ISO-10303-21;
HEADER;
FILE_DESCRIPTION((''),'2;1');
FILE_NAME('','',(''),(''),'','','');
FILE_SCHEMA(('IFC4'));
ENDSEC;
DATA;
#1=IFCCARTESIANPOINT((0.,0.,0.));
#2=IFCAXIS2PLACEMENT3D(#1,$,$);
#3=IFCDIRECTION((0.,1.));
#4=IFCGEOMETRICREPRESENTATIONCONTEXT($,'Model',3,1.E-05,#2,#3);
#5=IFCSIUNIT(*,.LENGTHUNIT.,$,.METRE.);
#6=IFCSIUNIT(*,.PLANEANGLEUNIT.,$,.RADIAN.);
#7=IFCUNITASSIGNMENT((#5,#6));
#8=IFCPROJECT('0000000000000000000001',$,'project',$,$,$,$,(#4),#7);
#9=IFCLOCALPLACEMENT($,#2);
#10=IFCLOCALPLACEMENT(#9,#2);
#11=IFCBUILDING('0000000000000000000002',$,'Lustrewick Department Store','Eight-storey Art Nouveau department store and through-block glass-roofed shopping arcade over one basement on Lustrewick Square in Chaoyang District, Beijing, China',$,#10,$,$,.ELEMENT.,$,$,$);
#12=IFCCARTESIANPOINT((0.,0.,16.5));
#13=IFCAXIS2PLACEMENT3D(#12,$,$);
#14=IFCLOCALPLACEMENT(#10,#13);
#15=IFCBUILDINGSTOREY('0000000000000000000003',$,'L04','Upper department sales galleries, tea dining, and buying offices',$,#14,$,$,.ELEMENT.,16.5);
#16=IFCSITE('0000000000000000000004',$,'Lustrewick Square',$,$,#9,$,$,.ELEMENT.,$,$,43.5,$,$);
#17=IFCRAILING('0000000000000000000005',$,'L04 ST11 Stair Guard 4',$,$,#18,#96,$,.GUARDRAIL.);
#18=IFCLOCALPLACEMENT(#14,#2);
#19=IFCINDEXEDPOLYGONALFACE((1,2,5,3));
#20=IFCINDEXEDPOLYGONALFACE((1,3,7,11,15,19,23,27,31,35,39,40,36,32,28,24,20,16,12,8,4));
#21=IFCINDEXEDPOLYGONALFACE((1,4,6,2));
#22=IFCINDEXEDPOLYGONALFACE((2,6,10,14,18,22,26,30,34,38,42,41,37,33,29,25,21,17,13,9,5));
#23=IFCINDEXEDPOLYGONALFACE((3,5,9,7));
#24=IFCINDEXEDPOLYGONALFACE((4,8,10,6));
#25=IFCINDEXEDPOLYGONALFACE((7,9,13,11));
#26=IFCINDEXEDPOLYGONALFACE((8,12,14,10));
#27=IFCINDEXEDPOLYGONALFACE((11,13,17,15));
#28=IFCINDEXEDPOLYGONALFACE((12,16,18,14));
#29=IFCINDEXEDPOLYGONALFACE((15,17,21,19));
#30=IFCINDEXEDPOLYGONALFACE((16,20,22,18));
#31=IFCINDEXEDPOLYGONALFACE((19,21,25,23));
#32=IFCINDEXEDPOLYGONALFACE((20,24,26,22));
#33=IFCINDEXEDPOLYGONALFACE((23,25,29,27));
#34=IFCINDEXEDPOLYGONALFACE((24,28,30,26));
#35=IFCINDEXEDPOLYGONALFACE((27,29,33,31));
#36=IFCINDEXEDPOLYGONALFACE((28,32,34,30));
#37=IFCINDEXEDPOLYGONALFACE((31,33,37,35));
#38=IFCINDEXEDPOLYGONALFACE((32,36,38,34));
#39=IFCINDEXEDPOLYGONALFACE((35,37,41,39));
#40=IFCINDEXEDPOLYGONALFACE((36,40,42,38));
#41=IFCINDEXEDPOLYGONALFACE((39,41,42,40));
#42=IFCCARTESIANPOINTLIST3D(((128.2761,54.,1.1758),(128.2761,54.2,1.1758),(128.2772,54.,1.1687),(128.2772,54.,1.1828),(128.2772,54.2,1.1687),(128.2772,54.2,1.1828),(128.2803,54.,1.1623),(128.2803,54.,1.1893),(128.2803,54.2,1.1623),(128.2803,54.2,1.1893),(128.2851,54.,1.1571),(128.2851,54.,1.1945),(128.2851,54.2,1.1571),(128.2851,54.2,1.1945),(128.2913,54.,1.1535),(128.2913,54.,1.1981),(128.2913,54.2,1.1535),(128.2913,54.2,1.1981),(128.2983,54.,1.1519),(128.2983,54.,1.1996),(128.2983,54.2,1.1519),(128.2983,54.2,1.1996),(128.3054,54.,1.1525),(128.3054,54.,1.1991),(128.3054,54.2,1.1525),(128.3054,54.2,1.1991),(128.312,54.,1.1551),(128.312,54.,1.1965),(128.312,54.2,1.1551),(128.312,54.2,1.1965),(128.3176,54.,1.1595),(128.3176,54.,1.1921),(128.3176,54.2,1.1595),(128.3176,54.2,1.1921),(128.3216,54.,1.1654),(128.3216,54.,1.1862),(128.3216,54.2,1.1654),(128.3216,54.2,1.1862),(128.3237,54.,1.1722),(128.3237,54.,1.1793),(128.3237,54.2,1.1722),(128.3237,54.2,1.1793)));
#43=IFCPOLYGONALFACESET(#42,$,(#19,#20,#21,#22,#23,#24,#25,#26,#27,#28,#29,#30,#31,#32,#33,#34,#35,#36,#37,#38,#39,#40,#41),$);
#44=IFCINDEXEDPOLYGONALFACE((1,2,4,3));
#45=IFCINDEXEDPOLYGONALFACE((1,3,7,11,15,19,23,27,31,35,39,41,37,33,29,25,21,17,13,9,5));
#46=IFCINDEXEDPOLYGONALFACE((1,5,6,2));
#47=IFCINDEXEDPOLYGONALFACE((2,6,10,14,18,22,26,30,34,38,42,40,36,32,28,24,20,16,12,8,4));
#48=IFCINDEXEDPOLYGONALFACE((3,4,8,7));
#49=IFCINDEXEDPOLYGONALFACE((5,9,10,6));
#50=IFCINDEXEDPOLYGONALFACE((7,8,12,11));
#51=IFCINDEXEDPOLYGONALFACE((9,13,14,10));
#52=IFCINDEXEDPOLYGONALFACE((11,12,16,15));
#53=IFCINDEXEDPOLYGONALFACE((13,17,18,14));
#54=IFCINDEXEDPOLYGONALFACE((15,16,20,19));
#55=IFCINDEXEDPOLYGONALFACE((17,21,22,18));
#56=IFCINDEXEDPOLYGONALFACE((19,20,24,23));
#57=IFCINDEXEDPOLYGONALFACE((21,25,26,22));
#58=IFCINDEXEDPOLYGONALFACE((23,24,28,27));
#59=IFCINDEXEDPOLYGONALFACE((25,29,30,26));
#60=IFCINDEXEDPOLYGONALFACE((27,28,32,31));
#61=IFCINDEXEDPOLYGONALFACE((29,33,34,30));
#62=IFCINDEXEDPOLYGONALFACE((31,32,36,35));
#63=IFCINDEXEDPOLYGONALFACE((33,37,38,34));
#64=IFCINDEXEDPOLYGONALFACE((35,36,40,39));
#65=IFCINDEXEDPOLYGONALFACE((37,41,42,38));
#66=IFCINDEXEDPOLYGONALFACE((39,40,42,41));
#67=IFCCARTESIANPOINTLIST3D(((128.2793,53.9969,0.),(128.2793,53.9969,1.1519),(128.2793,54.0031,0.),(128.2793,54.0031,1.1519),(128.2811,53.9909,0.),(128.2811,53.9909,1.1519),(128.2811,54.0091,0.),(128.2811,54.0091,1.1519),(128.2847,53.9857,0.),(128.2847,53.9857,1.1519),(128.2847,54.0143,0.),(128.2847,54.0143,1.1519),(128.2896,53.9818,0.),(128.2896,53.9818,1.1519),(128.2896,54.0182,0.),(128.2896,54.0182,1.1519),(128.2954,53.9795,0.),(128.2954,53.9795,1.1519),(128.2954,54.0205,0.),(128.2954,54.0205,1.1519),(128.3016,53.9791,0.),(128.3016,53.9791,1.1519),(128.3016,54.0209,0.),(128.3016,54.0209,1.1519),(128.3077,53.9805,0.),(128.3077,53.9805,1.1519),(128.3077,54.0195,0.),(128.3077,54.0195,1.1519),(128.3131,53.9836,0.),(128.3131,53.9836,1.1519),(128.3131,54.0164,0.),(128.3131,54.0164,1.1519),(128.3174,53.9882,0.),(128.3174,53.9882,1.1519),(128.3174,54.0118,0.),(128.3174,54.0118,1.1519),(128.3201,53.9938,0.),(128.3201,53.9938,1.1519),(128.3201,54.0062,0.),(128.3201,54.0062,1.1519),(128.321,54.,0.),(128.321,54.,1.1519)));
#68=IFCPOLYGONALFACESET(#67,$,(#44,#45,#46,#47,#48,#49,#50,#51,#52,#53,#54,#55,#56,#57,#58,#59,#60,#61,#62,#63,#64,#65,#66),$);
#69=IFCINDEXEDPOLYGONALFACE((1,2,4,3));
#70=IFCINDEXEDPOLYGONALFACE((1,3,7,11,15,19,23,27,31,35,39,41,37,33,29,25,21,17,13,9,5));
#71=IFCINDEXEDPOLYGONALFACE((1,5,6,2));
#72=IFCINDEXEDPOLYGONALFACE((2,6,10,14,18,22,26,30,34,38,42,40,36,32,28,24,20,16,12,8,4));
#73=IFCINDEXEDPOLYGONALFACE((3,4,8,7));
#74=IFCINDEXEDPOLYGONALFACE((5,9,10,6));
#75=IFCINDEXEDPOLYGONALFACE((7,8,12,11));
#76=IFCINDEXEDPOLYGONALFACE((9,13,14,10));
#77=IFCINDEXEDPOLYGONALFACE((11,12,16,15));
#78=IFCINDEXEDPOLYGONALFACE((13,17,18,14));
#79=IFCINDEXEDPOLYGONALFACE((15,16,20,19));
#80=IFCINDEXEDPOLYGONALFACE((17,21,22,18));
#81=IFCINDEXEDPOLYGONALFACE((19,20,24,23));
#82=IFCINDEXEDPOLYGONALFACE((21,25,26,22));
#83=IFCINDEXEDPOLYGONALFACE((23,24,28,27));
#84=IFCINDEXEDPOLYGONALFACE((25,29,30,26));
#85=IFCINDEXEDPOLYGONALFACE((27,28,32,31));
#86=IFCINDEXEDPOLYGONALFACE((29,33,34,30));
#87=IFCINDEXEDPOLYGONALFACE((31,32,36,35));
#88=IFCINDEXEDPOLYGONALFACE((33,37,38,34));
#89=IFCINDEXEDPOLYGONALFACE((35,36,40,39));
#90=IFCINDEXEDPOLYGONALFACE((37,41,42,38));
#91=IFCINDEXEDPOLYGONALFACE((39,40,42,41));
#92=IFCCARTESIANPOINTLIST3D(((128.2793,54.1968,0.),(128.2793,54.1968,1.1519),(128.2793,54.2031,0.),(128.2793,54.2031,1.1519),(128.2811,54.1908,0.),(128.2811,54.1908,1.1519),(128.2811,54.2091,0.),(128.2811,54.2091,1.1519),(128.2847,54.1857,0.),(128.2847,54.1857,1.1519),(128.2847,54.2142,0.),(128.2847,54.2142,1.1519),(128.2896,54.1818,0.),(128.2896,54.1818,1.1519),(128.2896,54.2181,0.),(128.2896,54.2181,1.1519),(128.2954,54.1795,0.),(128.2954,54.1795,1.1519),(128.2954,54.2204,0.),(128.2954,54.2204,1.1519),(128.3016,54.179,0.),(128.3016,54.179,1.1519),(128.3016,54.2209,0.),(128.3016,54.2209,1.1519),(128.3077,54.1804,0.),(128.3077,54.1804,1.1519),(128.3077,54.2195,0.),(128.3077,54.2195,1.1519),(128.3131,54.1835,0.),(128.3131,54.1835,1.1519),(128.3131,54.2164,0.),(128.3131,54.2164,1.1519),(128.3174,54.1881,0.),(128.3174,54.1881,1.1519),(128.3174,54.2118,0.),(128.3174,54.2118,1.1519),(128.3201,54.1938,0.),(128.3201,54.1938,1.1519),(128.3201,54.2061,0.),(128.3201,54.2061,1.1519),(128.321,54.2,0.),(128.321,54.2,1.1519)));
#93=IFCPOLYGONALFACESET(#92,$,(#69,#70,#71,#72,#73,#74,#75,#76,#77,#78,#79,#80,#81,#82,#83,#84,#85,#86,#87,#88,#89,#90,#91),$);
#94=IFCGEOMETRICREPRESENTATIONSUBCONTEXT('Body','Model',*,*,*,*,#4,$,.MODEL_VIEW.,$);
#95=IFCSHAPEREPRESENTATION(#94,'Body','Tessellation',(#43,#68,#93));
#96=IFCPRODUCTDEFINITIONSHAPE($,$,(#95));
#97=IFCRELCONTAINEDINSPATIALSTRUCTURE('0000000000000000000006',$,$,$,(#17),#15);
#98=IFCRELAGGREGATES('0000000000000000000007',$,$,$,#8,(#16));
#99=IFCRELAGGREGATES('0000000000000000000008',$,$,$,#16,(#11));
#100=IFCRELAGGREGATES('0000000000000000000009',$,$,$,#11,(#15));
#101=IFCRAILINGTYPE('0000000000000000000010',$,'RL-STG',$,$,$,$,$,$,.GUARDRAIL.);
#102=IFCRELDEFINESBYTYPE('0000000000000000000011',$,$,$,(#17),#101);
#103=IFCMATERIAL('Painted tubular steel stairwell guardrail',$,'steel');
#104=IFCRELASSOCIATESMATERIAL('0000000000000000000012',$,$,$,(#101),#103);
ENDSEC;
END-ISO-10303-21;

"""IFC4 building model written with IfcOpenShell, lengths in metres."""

from ifc_helpers import new_model, si_unit, direction, frame, origin, origin_2d, place, context, subcontext, project, spatial, circle, extrude, material, type_object, element, save


model = new_model("IFC4")

# Units and contexts
model_context = context("Model", 3, precision=1e-05, world=origin(), true_north=direction((0.0, 1.0)))
body_context = subcontext(model_context, "Body", "Model", "MODEL_VIEW")
ifc_project = project(units=[si_unit("LENGTHUNIT", "METRE"), si_unit("PLANEANGLEUNIT", "RADIAN")], contexts=[model_context])

# Site, building, storey
site_placement = place(None, origin())
site = spatial("IfcSite", under=ifc_project, at=site_placement, Name="Lustrewick Square", CompositionType="ELEMENT", RefElevation=43.5)
building_placement = place(site_placement, origin())
building = spatial("IfcBuilding", under=site, at=building_placement, Name="Lustrewick Department Store", Description="Eight-storey Art Nouveau department store and through-block glass-roofed shopping arcade over one basement on Lustrewick Square in Chaoyang District, Beijing, China", CompositionType="ELEMENT")
storey_placement = place(building_placement, frame((0.0, 0.0, 16.5)))
storey = spatial("IfcBuildingStorey", under=building, at=storey_placement, Name="L04", Description="Upper department sales galleries, tea dining, and buying offices", CompositionType="ELEMENT", Elevation=16.5)

# Railing
ifc_material_1 = material(Name="Painted tubular steel stairwell guardrail", Category="steel")
railing_type_1 = type_object("IfcRailingType", Name="RL-STG", PredefinedType="GUARDRAIL", material=ifc_material_1)
railing_1_placement = place(storey_placement, frame((128.3, 54.0, 0.0)))
element("IfcRailing", 1, at=railing_1_placement, inside=storey, type_object=railing_type_1, Name="L04 ST11 Stair Guard 4", PredefinedType="GUARDRAIL", context=body_context, shape_type="SweptSolid", body=[
    extrude(circle(Radius=0.0239, at=origin_2d()), frame((0.0, 0.0, 1.1758), z_axis=(0.0, 1.0, 0.0), x_axis=(-1.0, 0.0, 0.0)), (0.0, 0.0, 1.0), 0.2),
    extrude(circle(Radius=0.021, at=origin_2d()), origin(), (0.0, 0.0, 1.0), 1.1519),
    extrude(circle(Radius=0.021, at=origin_2d()), frame((0.0, 0.2, 0.0)), (0.0, 0.0, 1.0), 1.1519),
])

save(model, "model.ifc")
